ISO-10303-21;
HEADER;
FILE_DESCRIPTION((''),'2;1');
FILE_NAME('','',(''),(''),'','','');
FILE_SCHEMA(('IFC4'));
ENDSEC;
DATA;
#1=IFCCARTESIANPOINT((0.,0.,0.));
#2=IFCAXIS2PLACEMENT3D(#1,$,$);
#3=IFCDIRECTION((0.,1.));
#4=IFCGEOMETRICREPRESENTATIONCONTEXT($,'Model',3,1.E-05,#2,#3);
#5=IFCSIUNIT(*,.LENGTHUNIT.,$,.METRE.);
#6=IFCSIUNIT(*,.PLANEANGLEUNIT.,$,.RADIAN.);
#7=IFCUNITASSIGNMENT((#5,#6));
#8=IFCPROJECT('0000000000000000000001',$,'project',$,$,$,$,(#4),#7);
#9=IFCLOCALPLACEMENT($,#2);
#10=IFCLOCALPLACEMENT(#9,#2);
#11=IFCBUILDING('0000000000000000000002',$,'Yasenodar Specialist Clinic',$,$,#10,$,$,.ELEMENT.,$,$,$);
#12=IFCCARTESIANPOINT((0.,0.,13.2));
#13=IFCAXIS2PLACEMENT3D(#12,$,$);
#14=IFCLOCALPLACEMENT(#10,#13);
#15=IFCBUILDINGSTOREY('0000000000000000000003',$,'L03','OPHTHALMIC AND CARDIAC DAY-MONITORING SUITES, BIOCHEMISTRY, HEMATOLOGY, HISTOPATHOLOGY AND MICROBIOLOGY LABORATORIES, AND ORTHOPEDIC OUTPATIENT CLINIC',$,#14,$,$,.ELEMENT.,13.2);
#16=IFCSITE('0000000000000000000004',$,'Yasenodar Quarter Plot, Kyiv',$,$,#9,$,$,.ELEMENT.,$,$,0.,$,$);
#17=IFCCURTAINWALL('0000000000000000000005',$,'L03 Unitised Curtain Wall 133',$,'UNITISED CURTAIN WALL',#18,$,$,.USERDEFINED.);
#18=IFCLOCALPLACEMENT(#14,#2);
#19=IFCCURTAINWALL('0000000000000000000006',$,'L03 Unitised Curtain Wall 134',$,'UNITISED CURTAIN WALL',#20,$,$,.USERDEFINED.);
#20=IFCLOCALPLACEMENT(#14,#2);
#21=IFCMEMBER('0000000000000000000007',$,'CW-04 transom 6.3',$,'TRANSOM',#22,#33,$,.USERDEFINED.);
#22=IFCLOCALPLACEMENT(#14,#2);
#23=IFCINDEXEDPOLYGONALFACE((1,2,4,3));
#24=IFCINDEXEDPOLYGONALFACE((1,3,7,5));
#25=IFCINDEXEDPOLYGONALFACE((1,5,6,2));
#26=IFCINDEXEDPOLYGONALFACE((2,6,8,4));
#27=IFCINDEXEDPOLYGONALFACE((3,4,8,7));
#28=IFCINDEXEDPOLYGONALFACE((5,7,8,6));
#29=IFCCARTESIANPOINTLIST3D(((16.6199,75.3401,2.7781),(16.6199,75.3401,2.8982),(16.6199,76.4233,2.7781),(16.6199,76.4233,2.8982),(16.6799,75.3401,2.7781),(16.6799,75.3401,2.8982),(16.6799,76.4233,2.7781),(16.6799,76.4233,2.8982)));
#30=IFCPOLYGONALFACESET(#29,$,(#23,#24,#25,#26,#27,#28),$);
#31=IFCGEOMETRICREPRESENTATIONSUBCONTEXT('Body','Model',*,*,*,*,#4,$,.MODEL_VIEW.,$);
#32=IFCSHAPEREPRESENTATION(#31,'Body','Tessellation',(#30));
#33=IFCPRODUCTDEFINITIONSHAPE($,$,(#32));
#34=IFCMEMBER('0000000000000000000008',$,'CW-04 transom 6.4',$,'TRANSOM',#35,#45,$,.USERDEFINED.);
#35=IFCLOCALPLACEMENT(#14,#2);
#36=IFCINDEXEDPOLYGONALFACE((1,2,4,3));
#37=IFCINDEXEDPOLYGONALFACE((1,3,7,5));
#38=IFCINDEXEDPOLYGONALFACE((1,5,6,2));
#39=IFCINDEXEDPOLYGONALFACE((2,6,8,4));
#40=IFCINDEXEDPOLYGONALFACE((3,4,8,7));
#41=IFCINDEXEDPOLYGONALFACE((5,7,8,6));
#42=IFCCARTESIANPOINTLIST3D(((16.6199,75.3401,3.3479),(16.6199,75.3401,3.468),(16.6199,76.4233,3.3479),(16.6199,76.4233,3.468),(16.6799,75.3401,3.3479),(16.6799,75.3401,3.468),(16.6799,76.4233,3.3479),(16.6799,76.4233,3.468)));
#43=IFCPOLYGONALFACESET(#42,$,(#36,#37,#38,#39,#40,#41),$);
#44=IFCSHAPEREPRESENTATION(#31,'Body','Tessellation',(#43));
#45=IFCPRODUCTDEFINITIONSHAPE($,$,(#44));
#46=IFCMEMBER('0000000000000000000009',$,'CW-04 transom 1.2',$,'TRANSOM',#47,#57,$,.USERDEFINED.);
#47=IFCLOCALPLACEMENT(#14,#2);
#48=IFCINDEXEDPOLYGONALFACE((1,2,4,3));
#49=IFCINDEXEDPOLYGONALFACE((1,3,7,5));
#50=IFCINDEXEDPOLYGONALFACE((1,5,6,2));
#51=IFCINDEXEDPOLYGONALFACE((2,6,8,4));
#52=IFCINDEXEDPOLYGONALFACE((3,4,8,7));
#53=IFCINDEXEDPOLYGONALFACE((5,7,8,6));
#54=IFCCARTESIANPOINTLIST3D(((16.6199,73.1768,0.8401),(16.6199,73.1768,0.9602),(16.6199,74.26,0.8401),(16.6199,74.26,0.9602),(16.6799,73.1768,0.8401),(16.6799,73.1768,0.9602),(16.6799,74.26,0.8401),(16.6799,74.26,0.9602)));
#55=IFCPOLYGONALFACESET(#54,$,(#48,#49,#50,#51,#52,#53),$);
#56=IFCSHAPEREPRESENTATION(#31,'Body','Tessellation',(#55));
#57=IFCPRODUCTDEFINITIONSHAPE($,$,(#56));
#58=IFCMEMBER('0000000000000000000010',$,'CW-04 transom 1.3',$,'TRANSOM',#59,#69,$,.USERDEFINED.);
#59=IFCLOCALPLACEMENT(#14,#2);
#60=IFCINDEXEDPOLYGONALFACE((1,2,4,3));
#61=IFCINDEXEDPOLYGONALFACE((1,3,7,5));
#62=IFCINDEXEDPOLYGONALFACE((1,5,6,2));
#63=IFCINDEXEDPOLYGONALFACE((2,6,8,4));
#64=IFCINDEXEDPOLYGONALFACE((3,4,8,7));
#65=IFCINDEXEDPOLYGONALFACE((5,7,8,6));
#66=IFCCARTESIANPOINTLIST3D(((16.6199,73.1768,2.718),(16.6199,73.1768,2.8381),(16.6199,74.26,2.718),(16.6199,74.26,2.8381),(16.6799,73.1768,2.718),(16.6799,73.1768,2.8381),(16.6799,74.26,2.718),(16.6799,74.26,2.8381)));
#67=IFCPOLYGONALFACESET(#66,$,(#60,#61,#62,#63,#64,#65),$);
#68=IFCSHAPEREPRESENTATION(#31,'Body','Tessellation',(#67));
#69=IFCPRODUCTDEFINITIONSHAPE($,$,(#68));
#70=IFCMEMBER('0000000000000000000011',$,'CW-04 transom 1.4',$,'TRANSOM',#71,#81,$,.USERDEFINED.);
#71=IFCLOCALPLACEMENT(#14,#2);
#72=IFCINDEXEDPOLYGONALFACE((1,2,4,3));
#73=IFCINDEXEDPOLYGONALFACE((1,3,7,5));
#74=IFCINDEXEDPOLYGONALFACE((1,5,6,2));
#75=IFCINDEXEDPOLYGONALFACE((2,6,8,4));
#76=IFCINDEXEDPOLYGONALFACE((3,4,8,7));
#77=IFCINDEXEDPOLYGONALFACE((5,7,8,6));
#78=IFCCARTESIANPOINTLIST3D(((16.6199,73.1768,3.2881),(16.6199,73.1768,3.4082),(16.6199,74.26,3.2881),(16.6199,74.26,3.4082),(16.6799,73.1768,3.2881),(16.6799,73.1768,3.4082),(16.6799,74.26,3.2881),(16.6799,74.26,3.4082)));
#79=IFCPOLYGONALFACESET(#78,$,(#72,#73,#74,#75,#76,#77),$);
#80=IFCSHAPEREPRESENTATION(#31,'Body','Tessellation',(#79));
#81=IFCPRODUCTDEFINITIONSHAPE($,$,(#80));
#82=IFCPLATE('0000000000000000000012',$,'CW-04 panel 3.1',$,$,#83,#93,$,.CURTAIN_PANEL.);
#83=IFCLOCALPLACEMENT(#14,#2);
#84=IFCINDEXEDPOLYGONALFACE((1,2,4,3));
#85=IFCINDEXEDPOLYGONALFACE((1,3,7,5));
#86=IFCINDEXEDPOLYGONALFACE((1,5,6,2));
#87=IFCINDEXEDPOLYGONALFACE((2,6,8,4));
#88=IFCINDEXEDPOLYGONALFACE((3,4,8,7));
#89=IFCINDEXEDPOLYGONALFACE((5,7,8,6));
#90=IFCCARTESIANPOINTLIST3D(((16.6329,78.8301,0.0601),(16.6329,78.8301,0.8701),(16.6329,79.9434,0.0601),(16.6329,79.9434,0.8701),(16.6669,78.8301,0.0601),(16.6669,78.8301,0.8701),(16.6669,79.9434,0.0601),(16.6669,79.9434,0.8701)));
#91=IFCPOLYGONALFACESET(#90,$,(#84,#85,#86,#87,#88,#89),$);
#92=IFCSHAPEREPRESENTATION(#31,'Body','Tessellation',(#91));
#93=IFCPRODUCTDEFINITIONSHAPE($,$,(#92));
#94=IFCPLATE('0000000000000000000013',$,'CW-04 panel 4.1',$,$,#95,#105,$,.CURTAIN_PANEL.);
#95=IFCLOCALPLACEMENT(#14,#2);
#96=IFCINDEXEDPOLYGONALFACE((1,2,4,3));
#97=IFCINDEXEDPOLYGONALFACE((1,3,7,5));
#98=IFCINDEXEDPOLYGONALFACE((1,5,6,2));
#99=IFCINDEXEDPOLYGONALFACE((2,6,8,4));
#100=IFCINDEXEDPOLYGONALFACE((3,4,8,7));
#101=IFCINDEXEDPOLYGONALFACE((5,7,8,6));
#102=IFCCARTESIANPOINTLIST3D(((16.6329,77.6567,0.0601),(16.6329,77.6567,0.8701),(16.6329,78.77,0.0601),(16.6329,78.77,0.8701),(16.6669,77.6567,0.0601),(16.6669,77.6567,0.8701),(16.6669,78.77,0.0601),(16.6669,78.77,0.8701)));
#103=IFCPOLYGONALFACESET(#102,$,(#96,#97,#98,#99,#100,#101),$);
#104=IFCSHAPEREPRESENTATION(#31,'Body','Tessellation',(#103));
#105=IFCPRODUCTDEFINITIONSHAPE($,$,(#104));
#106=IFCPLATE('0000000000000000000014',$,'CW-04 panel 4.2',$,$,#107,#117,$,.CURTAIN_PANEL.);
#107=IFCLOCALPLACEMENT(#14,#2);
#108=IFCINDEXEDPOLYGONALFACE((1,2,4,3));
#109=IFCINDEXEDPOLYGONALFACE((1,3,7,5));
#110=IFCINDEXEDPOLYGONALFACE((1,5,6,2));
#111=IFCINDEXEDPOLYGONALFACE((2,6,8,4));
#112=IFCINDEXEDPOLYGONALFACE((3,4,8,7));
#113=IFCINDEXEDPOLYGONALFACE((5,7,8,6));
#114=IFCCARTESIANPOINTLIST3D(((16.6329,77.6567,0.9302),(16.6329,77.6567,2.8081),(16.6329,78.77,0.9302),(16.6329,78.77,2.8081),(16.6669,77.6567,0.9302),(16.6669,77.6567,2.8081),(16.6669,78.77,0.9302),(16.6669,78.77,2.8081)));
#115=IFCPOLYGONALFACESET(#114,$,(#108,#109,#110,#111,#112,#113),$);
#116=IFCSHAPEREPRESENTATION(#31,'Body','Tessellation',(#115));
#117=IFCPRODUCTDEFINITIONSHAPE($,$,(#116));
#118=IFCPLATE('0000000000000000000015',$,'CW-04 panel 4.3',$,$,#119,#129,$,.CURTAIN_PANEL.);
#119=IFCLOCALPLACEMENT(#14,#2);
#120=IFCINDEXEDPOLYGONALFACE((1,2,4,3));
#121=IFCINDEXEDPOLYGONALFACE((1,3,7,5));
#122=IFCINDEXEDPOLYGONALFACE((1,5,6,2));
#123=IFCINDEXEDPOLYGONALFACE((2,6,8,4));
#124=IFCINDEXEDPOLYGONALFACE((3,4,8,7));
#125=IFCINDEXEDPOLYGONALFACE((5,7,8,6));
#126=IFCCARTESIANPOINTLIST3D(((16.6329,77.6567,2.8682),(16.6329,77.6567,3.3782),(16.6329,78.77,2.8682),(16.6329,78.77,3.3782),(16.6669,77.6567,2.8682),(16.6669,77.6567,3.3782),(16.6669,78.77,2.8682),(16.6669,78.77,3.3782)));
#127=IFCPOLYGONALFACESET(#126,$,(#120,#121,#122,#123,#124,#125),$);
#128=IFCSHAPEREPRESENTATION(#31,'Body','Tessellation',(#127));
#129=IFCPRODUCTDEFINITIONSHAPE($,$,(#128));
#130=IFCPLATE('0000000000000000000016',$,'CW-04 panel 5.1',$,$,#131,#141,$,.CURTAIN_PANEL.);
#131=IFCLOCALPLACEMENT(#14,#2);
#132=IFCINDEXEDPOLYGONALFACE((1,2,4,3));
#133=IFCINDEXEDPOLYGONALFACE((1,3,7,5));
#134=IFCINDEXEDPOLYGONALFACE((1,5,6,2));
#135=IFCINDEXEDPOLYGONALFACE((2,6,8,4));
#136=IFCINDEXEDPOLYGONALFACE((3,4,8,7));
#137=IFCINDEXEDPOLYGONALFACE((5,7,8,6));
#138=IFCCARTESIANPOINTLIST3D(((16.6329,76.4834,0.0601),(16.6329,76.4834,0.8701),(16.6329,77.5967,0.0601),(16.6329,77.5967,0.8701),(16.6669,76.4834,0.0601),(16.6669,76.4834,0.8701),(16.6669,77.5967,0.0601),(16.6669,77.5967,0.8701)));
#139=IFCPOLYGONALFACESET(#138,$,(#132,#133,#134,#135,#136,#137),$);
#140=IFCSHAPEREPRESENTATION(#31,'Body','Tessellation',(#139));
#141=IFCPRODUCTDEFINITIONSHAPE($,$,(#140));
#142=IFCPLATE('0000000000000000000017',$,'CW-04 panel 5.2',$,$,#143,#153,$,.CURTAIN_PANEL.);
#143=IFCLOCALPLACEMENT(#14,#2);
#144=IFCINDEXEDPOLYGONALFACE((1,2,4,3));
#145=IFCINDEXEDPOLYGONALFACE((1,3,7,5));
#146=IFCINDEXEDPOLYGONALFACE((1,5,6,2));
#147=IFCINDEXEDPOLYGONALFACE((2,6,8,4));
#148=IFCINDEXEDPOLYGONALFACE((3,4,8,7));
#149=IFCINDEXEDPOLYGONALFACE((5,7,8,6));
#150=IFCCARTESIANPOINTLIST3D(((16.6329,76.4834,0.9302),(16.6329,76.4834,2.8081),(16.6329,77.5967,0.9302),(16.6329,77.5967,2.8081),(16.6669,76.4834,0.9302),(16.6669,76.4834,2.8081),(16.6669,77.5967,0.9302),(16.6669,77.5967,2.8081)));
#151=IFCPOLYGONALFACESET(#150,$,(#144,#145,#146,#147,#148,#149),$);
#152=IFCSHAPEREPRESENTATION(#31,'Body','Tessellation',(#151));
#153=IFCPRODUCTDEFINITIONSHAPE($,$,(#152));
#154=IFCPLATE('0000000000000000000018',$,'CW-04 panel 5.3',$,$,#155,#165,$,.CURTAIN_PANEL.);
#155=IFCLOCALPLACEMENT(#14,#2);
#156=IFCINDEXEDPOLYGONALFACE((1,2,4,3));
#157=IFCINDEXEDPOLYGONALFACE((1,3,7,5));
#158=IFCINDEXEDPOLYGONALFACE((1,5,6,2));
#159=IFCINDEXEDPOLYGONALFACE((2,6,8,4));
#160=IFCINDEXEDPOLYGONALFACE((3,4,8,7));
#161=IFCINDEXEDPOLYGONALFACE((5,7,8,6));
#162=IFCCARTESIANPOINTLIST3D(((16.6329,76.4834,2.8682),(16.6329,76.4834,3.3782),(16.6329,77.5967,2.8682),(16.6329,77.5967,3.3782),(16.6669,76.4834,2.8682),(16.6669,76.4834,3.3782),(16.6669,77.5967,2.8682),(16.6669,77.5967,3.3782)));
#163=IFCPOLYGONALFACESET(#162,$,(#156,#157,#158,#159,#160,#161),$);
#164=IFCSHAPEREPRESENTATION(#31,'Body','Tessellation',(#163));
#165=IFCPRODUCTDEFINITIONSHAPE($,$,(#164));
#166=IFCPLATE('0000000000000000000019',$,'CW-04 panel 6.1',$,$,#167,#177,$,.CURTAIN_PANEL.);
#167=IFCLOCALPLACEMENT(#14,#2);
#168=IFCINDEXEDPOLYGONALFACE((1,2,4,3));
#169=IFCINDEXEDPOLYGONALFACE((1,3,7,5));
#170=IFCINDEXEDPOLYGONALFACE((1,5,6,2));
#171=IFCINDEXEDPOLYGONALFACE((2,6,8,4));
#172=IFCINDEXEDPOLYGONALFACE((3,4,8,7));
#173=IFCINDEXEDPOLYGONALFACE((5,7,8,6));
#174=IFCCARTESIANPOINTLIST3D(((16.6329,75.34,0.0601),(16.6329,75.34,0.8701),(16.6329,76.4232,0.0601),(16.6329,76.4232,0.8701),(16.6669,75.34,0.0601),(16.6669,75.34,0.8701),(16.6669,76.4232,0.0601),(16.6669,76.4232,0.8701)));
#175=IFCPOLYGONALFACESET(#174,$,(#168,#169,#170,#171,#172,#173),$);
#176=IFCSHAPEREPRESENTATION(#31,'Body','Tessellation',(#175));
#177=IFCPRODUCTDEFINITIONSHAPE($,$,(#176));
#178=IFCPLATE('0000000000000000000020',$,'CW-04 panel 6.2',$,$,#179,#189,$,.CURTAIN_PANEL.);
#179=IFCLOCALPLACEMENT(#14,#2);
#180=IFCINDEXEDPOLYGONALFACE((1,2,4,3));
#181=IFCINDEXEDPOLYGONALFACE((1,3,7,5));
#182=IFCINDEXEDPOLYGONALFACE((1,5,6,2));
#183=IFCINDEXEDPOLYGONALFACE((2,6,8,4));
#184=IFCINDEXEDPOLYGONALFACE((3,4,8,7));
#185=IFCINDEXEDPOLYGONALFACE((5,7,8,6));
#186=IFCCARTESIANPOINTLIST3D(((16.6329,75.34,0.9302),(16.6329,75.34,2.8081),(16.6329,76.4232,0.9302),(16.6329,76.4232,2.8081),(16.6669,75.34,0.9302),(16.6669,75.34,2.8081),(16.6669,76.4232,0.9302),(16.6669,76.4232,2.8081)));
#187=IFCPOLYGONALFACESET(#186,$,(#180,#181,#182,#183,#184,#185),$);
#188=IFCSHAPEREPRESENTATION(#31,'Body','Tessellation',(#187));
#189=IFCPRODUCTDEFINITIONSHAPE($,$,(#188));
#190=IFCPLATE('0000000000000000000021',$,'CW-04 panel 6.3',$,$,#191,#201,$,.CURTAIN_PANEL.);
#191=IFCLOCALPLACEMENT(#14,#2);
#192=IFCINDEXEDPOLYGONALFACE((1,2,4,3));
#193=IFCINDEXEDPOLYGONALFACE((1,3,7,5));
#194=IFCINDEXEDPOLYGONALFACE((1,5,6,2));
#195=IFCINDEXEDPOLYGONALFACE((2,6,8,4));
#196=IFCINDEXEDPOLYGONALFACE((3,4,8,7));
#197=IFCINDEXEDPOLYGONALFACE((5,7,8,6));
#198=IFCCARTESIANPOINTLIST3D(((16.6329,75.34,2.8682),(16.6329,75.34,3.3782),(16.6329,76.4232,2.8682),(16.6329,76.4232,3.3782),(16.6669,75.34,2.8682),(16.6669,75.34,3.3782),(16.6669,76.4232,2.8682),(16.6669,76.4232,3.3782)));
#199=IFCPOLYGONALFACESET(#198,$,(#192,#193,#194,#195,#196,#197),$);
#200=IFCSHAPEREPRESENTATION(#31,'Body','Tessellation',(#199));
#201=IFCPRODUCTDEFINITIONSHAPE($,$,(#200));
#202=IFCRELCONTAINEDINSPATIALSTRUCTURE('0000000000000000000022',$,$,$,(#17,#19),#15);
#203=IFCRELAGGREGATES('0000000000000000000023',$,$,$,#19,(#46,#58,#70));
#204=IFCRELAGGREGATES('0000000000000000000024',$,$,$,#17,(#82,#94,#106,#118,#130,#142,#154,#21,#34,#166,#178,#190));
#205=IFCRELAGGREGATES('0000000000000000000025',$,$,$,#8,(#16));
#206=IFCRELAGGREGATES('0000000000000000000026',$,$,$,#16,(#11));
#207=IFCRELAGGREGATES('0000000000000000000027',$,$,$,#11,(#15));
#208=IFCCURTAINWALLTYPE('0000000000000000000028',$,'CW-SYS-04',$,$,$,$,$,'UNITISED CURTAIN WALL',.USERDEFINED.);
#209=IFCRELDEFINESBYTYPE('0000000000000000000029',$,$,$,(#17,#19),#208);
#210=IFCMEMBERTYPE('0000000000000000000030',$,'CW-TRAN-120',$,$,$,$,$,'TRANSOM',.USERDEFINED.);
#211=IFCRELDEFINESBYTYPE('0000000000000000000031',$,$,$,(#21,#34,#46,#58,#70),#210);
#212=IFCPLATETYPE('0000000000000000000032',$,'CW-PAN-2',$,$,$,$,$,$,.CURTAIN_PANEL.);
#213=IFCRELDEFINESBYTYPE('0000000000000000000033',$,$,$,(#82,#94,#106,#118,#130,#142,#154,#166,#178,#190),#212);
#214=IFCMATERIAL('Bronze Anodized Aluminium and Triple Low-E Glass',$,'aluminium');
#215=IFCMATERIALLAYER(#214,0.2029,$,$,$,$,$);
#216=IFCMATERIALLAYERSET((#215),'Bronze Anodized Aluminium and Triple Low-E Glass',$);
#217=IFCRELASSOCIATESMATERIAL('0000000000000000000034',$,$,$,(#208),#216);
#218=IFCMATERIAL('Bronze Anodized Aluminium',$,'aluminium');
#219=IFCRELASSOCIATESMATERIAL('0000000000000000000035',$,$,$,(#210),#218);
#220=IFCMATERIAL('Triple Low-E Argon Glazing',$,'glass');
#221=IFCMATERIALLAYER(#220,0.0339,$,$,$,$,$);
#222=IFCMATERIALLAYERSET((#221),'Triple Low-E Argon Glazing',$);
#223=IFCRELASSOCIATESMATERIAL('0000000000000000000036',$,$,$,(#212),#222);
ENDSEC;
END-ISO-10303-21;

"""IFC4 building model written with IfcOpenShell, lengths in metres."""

from ifc_helpers import new_model, si_unit, direction, frame, origin, origin_2d, place, context, subcontext, project, spatial, rectangle, extrude, material, layer, layer_set, material_profile, profile_set, type_object, element, aggregate, save


model = new_model("IFC4")

# Units and contexts
model_context = context("Model", 3, precision=1e-05, world=origin(), true_north=direction((0.0, 1.0)))
body_context = subcontext(model_context, "Body", "Model", "MODEL_VIEW")
ifc_project = project(units=[si_unit("LENGTHUNIT", "METRE"), si_unit("PLANEANGLEUNIT", "RADIAN")], contexts=[model_context])

# Site, building, storey
site_placement = place(None, origin())
site = spatial("IfcSite", under=ifc_project, at=site_placement, Name="Yasenodar Quarter Plot, Kyiv", CompositionType="ELEMENT", RefElevation=0.0)
building_placement = place(site_placement, origin())
building = spatial("IfcBuilding", under=site, at=building_placement, Name="Yasenodar Specialist Clinic", CompositionType="ELEMENT")
storey_placement = place(building_placement, frame((0.0, 0.0, 13.2)))
storey = spatial("IfcBuildingStorey", under=building, at=storey_placement, Name="L03", Description="OPHTHALMIC AND CARDIAC DAY-MONITORING SUITES, BIOCHEMISTRY, HEMATOLOGY, HISTOPATHOLOGY AND MICROBIOLOGY LABORATORIES, AND ORTHOPEDIC OUTPATIENT CLINIC", CompositionType="ELEMENT", Elevation=13.2)

# Curtain wall
ifc_material_1 = material(Name="Bronze Anodized Aluminium and Triple Low-E Glass", Category="aluminium")
ifc_layer_1 = layer(ifc_material_1, 0.2029)
ifc_layer_set_1 = layer_set([ifc_layer_1], Name="Bronze Anodized Aluminium and Triple Low-E Glass")
curtain_wall_type = type_object("IfcCurtainWallType", Name="CW-SYS-04", ElementType="UNITISED CURTAIN WALL", PredefinedType="USERDEFINED", material=ifc_layer_set_1)
curtain_wall_1_placement = place(storey_placement, origin())
curtain_wall_1 = element("IfcCurtainWall", 1, at=curtain_wall_1_placement, inside=storey, type_object=curtain_wall_type, Name="L03 Unitised Curtain Wall 133", ObjectType="UNITISED CURTAIN WALL", PredefinedType="USERDEFINED")
ifc_material_2 = material(Name="Bronze Anodized Aluminium", Category="aluminium")

# Curtain wall
curtain_wall_2_placement = place(storey_placement, origin())
curtain_wall_2 = element("IfcCurtainWall", 2, at=curtain_wall_2_placement, inside=storey, type_object=curtain_wall_type, Name="L03 Unitised Curtain Wall 134", ObjectType="UNITISED CURTAIN WALL", PredefinedType="USERDEFINED")

# Members
ifc_material_profile_1 = material_profile(ifc_material_2, rectangle(XDim=0.0601, YDim=0.1201, at=origin_2d()), Name="CW-TRAN 60x120")
ifc_profile_set_1 = profile_set([ifc_material_profile_1], Name="Bronze Anodized Aluminium")
member_type_1 = type_object("IfcMemberType", Name="CW-TRAN-120", ElementType="TRANSOM", PredefinedType="USERDEFINED", material=ifc_profile_set_1)
member_1_placement = place(storey_placement, frame((16.6499, 76.4233, 2.8381), z_axis=(0.0, -1.0, 0.0), x_axis=(1.0, 0.0, 0.0)))
member_1 = element("IfcMember", 3, at=member_1_placement, type_object=member_type_1, Name="CW-04 transom 6.3", ObjectType="TRANSOM", PredefinedType="USERDEFINED", context=body_context, shape_type="SweptSolid", body=[
    extrude(rectangle(XDim=0.0601, YDim=0.1201, at=origin_2d()), origin(), (0.0, 0.0, 1.0), 1.0833),
])
member_2_placement = place(storey_placement, frame((16.6499, 76.4233, 3.408), z_axis=(0.0, -1.0, 0.0), x_axis=(1.0, 0.0, 0.0)))
member_2 = element("IfcMember", 4, at=member_2_placement, type_object=member_type_1, Name="CW-04 transom 6.4", ObjectType="TRANSOM", PredefinedType="USERDEFINED", context=body_context, shape_type="SweptSolid", body=[
    extrude(rectangle(XDim=0.0601, YDim=0.1201, at=origin_2d()), origin(), (0.0, 0.0, 1.0), 1.0833),
])
member_3_placement = place(storey_placement, frame((16.6499, 74.26, 0.9001), z_axis=(0.0, -1.0, 0.0), x_axis=(1.0, 0.0, 0.0)))
member_3 = element("IfcMember", 5, at=member_3_placement, type_object=member_type_1, Name="CW-04 transom 1.2", ObjectType="TRANSOM", PredefinedType="USERDEFINED", context=body_context, shape_type="SweptSolid", body=[
    extrude(rectangle(XDim=0.0601, YDim=0.1201, at=origin_2d()), origin(), (0.0, 0.0, 1.0), 1.0833),
])
member_4_placement = place(storey_placement, frame((16.6499, 74.26, 2.7781), z_axis=(0.0, -1.0, 0.0), x_axis=(1.0, 0.0, 0.0)))
member_4 = element("IfcMember", 6, at=member_4_placement, type_object=member_type_1, Name="CW-04 transom 1.3", ObjectType="TRANSOM", PredefinedType="USERDEFINED", context=body_context, shape_type="SweptSolid", body=[
    extrude(rectangle(XDim=0.0601, YDim=0.1201, at=origin_2d()), origin(), (0.0, 0.0, 1.0), 1.0833),
])
member_5_placement = place(storey_placement, frame((16.6499, 74.26, 3.3481), z_axis=(0.0, -1.0, 0.0), x_axis=(1.0, 0.0, 0.0)))
member_5 = element("IfcMember", 7, at=member_5_placement, type_object=member_type_1, Name="CW-04 transom 1.4", ObjectType="TRANSOM", PredefinedType="USERDEFINED", context=body_context, shape_type="SweptSolid", body=[
    extrude(rectangle(XDim=0.0601, YDim=0.1201, at=origin_2d()), origin(), (0.0, 0.0, 1.0), 1.0833),
])
aggregate(curtain_wall_2, [member_3, member_4, member_5])

# Plates
ifc_material_3 = material(Name="Triple Low-E Argon Glazing", Category="glass")
ifc_layer_2 = layer(ifc_material_3, 0.0339)
ifc_layer_set_2 = layer_set([ifc_layer_2], Name="Triple Low-E Argon Glazing")
plate_type = type_object("IfcPlateType", Name="CW-PAN-2", PredefinedType="CURTAIN_PANEL", material=ifc_layer_set_2)
plate_1_placement = place(storey_placement, frame((16.6499, 79.3867, 0.0601), z_axis=(0.0, 0.0, 1.0), x_axis=(0.0, -1.0, 0.0)))
plate_1 = element("IfcPlate", 8, at=plate_1_placement, type_object=plate_type, Name="CW-04 panel 3.1", PredefinedType="CURTAIN_PANEL", context=body_context, shape_type="SweptSolid", body=[
    extrude(rectangle(XDim=1.1133, YDim=0.0339, at=origin_2d()), origin(), (0.0, 0.0, 1.0), 0.8101),
])
plate_2_placement = place(storey_placement, frame((16.6499, 78.2134, 0.0601), z_axis=(0.0, 0.0, 1.0), x_axis=(0.0, -1.0, 0.0)))
plate_2 = element("IfcPlate", 9, at=plate_2_placement, type_object=plate_type, Name="CW-04 panel 4.1", PredefinedType="CURTAIN_PANEL", context=body_context, shape_type="SweptSolid", body=[
    extrude(rectangle(XDim=1.1133, YDim=0.0339, at=origin_2d()), origin(), (0.0, 0.0, 1.0), 0.8101),
])
plate_3_placement = place(storey_placement, frame((16.6499, 78.2134, 0.9302), z_axis=(0.0, 0.0, 1.0), x_axis=(0.0, -1.0, 0.0)))
plate_3 = element("IfcPlate", 10, at=plate_3_placement, type_object=plate_type, Name="CW-04 panel 4.2", PredefinedType="CURTAIN_PANEL", context=body_context, shape_type="SweptSolid", body=[
    extrude(rectangle(XDim=1.1133, YDim=0.0339, at=origin_2d()), origin(), (0.0, 0.0, 1.0), 1.8779),
])
plate_4_placement = place(storey_placement, frame((16.6499, 78.2134, 2.8682), z_axis=(0.0, 0.0, 1.0), x_axis=(0.0, -1.0, 0.0)))
plate_4 = element("IfcPlate", 11, at=plate_4_placement, type_object=plate_type, Name="CW-04 panel 4.3", PredefinedType="CURTAIN_PANEL", context=body_context, shape_type="SweptSolid", body=[
    extrude(rectangle(XDim=1.1133, YDim=0.0339, at=origin_2d()), origin(), (0.0, 0.0, 1.0), 0.51),
])
plate_5_placement = place(storey_placement, frame((16.6499, 77.04, 0.0601), z_axis=(0.0, 0.0, 1.0), x_axis=(0.0, -1.0, 0.0)))
plate_5 = element("IfcPlate", 12, at=plate_5_placement, type_object=plate_type, Name="CW-04 panel 5.1", PredefinedType="CURTAIN_PANEL", context=body_context, shape_type="SweptSolid", body=[
    extrude(rectangle(XDim=1.1133, YDim=0.0339, at=origin_2d()), origin(), (0.0, 0.0, 1.0), 0.8101),
])
plate_6_placement = place(storey_placement, frame((16.6499, 77.04, 0.9302), z_axis=(0.0, 0.0, 1.0), x_axis=(0.0, -1.0, 0.0)))
plate_6 = element("IfcPlate", 13, at=plate_6_placement, type_object=plate_type, Name="CW-04 panel 5.2", PredefinedType="CURTAIN_PANEL", context=body_context, shape_type="SweptSolid", body=[
    extrude(rectangle(XDim=1.1133, YDim=0.0339, at=origin_2d()), origin(), (0.0, 0.0, 1.0), 1.8779),
])
plate_7_placement = place(storey_placement, frame((16.6499, 77.04, 2.8682), z_axis=(0.0, 0.0, 1.0), x_axis=(0.0, -1.0, 0.0)))
plate_7 = element("IfcPlate", 14, at=plate_7_placement, type_object=plate_type, Name="CW-04 panel 5.3", PredefinedType="CURTAIN_PANEL", context=body_context, shape_type="SweptSolid", body=[
    extrude(rectangle(XDim=1.1133, YDim=0.0339, at=origin_2d()), origin(), (0.0, 0.0, 1.0), 0.51),
])
plate_8_placement = place(storey_placement, frame((16.6499, 75.8816, 0.0601), z_axis=(0.0, 0.0, 1.0), x_axis=(0.0, -1.0, 0.0)))
plate_8 = element("IfcPlate", 15, at=plate_8_placement, type_object=plate_type, Name="CW-04 panel 6.1", PredefinedType="CURTAIN_PANEL", context=body_context, shape_type="SweptSolid", body=[
    extrude(rectangle(XDim=1.0833, YDim=0.0339, at=origin_2d()), origin(), (0.0, 0.0, 1.0), 0.8101),
])
plate_9_placement = place(storey_placement, frame((16.6499, 75.8816, 0.9302), z_axis=(0.0, 0.0, 1.0), x_axis=(0.0, -1.0, 0.0)))
plate_9 = element("IfcPlate", 16, at=plate_9_placement, type_object=plate_type, Name="CW-04 panel 6.2", PredefinedType="CURTAIN_PANEL", context=body_context, shape_type="SweptSolid", body=[
    extrude(rectangle(XDim=1.0833, YDim=0.0339, at=origin_2d()), origin(), (0.0, 0.0, 1.0), 1.8779),
])
plate_10_placement = place(storey_placement, frame((16.6499, 75.8816, 2.8682), z_axis=(0.0, 0.0, 1.0), x_axis=(0.0, -1.0, 0.0)))
plate_10 = element("IfcPlate", 17, at=plate_10_placement, type_object=plate_type, Name="CW-04 panel 6.3", PredefinedType="CURTAIN_PANEL", context=body_context, shape_type="SweptSolid", body=[
    extrude(rectangle(XDim=1.0833, YDim=0.0339, at=origin_2d()), origin(), (0.0, 0.0, 1.0), 0.51),
])
aggregate(curtain_wall_1, [plate_1, plate_2, plate_3, plate_4, plate_5, plate_6, plate_7, member_1, member_2, plate_8, plate_9, plate_10])

save(model, "model.ifc")
